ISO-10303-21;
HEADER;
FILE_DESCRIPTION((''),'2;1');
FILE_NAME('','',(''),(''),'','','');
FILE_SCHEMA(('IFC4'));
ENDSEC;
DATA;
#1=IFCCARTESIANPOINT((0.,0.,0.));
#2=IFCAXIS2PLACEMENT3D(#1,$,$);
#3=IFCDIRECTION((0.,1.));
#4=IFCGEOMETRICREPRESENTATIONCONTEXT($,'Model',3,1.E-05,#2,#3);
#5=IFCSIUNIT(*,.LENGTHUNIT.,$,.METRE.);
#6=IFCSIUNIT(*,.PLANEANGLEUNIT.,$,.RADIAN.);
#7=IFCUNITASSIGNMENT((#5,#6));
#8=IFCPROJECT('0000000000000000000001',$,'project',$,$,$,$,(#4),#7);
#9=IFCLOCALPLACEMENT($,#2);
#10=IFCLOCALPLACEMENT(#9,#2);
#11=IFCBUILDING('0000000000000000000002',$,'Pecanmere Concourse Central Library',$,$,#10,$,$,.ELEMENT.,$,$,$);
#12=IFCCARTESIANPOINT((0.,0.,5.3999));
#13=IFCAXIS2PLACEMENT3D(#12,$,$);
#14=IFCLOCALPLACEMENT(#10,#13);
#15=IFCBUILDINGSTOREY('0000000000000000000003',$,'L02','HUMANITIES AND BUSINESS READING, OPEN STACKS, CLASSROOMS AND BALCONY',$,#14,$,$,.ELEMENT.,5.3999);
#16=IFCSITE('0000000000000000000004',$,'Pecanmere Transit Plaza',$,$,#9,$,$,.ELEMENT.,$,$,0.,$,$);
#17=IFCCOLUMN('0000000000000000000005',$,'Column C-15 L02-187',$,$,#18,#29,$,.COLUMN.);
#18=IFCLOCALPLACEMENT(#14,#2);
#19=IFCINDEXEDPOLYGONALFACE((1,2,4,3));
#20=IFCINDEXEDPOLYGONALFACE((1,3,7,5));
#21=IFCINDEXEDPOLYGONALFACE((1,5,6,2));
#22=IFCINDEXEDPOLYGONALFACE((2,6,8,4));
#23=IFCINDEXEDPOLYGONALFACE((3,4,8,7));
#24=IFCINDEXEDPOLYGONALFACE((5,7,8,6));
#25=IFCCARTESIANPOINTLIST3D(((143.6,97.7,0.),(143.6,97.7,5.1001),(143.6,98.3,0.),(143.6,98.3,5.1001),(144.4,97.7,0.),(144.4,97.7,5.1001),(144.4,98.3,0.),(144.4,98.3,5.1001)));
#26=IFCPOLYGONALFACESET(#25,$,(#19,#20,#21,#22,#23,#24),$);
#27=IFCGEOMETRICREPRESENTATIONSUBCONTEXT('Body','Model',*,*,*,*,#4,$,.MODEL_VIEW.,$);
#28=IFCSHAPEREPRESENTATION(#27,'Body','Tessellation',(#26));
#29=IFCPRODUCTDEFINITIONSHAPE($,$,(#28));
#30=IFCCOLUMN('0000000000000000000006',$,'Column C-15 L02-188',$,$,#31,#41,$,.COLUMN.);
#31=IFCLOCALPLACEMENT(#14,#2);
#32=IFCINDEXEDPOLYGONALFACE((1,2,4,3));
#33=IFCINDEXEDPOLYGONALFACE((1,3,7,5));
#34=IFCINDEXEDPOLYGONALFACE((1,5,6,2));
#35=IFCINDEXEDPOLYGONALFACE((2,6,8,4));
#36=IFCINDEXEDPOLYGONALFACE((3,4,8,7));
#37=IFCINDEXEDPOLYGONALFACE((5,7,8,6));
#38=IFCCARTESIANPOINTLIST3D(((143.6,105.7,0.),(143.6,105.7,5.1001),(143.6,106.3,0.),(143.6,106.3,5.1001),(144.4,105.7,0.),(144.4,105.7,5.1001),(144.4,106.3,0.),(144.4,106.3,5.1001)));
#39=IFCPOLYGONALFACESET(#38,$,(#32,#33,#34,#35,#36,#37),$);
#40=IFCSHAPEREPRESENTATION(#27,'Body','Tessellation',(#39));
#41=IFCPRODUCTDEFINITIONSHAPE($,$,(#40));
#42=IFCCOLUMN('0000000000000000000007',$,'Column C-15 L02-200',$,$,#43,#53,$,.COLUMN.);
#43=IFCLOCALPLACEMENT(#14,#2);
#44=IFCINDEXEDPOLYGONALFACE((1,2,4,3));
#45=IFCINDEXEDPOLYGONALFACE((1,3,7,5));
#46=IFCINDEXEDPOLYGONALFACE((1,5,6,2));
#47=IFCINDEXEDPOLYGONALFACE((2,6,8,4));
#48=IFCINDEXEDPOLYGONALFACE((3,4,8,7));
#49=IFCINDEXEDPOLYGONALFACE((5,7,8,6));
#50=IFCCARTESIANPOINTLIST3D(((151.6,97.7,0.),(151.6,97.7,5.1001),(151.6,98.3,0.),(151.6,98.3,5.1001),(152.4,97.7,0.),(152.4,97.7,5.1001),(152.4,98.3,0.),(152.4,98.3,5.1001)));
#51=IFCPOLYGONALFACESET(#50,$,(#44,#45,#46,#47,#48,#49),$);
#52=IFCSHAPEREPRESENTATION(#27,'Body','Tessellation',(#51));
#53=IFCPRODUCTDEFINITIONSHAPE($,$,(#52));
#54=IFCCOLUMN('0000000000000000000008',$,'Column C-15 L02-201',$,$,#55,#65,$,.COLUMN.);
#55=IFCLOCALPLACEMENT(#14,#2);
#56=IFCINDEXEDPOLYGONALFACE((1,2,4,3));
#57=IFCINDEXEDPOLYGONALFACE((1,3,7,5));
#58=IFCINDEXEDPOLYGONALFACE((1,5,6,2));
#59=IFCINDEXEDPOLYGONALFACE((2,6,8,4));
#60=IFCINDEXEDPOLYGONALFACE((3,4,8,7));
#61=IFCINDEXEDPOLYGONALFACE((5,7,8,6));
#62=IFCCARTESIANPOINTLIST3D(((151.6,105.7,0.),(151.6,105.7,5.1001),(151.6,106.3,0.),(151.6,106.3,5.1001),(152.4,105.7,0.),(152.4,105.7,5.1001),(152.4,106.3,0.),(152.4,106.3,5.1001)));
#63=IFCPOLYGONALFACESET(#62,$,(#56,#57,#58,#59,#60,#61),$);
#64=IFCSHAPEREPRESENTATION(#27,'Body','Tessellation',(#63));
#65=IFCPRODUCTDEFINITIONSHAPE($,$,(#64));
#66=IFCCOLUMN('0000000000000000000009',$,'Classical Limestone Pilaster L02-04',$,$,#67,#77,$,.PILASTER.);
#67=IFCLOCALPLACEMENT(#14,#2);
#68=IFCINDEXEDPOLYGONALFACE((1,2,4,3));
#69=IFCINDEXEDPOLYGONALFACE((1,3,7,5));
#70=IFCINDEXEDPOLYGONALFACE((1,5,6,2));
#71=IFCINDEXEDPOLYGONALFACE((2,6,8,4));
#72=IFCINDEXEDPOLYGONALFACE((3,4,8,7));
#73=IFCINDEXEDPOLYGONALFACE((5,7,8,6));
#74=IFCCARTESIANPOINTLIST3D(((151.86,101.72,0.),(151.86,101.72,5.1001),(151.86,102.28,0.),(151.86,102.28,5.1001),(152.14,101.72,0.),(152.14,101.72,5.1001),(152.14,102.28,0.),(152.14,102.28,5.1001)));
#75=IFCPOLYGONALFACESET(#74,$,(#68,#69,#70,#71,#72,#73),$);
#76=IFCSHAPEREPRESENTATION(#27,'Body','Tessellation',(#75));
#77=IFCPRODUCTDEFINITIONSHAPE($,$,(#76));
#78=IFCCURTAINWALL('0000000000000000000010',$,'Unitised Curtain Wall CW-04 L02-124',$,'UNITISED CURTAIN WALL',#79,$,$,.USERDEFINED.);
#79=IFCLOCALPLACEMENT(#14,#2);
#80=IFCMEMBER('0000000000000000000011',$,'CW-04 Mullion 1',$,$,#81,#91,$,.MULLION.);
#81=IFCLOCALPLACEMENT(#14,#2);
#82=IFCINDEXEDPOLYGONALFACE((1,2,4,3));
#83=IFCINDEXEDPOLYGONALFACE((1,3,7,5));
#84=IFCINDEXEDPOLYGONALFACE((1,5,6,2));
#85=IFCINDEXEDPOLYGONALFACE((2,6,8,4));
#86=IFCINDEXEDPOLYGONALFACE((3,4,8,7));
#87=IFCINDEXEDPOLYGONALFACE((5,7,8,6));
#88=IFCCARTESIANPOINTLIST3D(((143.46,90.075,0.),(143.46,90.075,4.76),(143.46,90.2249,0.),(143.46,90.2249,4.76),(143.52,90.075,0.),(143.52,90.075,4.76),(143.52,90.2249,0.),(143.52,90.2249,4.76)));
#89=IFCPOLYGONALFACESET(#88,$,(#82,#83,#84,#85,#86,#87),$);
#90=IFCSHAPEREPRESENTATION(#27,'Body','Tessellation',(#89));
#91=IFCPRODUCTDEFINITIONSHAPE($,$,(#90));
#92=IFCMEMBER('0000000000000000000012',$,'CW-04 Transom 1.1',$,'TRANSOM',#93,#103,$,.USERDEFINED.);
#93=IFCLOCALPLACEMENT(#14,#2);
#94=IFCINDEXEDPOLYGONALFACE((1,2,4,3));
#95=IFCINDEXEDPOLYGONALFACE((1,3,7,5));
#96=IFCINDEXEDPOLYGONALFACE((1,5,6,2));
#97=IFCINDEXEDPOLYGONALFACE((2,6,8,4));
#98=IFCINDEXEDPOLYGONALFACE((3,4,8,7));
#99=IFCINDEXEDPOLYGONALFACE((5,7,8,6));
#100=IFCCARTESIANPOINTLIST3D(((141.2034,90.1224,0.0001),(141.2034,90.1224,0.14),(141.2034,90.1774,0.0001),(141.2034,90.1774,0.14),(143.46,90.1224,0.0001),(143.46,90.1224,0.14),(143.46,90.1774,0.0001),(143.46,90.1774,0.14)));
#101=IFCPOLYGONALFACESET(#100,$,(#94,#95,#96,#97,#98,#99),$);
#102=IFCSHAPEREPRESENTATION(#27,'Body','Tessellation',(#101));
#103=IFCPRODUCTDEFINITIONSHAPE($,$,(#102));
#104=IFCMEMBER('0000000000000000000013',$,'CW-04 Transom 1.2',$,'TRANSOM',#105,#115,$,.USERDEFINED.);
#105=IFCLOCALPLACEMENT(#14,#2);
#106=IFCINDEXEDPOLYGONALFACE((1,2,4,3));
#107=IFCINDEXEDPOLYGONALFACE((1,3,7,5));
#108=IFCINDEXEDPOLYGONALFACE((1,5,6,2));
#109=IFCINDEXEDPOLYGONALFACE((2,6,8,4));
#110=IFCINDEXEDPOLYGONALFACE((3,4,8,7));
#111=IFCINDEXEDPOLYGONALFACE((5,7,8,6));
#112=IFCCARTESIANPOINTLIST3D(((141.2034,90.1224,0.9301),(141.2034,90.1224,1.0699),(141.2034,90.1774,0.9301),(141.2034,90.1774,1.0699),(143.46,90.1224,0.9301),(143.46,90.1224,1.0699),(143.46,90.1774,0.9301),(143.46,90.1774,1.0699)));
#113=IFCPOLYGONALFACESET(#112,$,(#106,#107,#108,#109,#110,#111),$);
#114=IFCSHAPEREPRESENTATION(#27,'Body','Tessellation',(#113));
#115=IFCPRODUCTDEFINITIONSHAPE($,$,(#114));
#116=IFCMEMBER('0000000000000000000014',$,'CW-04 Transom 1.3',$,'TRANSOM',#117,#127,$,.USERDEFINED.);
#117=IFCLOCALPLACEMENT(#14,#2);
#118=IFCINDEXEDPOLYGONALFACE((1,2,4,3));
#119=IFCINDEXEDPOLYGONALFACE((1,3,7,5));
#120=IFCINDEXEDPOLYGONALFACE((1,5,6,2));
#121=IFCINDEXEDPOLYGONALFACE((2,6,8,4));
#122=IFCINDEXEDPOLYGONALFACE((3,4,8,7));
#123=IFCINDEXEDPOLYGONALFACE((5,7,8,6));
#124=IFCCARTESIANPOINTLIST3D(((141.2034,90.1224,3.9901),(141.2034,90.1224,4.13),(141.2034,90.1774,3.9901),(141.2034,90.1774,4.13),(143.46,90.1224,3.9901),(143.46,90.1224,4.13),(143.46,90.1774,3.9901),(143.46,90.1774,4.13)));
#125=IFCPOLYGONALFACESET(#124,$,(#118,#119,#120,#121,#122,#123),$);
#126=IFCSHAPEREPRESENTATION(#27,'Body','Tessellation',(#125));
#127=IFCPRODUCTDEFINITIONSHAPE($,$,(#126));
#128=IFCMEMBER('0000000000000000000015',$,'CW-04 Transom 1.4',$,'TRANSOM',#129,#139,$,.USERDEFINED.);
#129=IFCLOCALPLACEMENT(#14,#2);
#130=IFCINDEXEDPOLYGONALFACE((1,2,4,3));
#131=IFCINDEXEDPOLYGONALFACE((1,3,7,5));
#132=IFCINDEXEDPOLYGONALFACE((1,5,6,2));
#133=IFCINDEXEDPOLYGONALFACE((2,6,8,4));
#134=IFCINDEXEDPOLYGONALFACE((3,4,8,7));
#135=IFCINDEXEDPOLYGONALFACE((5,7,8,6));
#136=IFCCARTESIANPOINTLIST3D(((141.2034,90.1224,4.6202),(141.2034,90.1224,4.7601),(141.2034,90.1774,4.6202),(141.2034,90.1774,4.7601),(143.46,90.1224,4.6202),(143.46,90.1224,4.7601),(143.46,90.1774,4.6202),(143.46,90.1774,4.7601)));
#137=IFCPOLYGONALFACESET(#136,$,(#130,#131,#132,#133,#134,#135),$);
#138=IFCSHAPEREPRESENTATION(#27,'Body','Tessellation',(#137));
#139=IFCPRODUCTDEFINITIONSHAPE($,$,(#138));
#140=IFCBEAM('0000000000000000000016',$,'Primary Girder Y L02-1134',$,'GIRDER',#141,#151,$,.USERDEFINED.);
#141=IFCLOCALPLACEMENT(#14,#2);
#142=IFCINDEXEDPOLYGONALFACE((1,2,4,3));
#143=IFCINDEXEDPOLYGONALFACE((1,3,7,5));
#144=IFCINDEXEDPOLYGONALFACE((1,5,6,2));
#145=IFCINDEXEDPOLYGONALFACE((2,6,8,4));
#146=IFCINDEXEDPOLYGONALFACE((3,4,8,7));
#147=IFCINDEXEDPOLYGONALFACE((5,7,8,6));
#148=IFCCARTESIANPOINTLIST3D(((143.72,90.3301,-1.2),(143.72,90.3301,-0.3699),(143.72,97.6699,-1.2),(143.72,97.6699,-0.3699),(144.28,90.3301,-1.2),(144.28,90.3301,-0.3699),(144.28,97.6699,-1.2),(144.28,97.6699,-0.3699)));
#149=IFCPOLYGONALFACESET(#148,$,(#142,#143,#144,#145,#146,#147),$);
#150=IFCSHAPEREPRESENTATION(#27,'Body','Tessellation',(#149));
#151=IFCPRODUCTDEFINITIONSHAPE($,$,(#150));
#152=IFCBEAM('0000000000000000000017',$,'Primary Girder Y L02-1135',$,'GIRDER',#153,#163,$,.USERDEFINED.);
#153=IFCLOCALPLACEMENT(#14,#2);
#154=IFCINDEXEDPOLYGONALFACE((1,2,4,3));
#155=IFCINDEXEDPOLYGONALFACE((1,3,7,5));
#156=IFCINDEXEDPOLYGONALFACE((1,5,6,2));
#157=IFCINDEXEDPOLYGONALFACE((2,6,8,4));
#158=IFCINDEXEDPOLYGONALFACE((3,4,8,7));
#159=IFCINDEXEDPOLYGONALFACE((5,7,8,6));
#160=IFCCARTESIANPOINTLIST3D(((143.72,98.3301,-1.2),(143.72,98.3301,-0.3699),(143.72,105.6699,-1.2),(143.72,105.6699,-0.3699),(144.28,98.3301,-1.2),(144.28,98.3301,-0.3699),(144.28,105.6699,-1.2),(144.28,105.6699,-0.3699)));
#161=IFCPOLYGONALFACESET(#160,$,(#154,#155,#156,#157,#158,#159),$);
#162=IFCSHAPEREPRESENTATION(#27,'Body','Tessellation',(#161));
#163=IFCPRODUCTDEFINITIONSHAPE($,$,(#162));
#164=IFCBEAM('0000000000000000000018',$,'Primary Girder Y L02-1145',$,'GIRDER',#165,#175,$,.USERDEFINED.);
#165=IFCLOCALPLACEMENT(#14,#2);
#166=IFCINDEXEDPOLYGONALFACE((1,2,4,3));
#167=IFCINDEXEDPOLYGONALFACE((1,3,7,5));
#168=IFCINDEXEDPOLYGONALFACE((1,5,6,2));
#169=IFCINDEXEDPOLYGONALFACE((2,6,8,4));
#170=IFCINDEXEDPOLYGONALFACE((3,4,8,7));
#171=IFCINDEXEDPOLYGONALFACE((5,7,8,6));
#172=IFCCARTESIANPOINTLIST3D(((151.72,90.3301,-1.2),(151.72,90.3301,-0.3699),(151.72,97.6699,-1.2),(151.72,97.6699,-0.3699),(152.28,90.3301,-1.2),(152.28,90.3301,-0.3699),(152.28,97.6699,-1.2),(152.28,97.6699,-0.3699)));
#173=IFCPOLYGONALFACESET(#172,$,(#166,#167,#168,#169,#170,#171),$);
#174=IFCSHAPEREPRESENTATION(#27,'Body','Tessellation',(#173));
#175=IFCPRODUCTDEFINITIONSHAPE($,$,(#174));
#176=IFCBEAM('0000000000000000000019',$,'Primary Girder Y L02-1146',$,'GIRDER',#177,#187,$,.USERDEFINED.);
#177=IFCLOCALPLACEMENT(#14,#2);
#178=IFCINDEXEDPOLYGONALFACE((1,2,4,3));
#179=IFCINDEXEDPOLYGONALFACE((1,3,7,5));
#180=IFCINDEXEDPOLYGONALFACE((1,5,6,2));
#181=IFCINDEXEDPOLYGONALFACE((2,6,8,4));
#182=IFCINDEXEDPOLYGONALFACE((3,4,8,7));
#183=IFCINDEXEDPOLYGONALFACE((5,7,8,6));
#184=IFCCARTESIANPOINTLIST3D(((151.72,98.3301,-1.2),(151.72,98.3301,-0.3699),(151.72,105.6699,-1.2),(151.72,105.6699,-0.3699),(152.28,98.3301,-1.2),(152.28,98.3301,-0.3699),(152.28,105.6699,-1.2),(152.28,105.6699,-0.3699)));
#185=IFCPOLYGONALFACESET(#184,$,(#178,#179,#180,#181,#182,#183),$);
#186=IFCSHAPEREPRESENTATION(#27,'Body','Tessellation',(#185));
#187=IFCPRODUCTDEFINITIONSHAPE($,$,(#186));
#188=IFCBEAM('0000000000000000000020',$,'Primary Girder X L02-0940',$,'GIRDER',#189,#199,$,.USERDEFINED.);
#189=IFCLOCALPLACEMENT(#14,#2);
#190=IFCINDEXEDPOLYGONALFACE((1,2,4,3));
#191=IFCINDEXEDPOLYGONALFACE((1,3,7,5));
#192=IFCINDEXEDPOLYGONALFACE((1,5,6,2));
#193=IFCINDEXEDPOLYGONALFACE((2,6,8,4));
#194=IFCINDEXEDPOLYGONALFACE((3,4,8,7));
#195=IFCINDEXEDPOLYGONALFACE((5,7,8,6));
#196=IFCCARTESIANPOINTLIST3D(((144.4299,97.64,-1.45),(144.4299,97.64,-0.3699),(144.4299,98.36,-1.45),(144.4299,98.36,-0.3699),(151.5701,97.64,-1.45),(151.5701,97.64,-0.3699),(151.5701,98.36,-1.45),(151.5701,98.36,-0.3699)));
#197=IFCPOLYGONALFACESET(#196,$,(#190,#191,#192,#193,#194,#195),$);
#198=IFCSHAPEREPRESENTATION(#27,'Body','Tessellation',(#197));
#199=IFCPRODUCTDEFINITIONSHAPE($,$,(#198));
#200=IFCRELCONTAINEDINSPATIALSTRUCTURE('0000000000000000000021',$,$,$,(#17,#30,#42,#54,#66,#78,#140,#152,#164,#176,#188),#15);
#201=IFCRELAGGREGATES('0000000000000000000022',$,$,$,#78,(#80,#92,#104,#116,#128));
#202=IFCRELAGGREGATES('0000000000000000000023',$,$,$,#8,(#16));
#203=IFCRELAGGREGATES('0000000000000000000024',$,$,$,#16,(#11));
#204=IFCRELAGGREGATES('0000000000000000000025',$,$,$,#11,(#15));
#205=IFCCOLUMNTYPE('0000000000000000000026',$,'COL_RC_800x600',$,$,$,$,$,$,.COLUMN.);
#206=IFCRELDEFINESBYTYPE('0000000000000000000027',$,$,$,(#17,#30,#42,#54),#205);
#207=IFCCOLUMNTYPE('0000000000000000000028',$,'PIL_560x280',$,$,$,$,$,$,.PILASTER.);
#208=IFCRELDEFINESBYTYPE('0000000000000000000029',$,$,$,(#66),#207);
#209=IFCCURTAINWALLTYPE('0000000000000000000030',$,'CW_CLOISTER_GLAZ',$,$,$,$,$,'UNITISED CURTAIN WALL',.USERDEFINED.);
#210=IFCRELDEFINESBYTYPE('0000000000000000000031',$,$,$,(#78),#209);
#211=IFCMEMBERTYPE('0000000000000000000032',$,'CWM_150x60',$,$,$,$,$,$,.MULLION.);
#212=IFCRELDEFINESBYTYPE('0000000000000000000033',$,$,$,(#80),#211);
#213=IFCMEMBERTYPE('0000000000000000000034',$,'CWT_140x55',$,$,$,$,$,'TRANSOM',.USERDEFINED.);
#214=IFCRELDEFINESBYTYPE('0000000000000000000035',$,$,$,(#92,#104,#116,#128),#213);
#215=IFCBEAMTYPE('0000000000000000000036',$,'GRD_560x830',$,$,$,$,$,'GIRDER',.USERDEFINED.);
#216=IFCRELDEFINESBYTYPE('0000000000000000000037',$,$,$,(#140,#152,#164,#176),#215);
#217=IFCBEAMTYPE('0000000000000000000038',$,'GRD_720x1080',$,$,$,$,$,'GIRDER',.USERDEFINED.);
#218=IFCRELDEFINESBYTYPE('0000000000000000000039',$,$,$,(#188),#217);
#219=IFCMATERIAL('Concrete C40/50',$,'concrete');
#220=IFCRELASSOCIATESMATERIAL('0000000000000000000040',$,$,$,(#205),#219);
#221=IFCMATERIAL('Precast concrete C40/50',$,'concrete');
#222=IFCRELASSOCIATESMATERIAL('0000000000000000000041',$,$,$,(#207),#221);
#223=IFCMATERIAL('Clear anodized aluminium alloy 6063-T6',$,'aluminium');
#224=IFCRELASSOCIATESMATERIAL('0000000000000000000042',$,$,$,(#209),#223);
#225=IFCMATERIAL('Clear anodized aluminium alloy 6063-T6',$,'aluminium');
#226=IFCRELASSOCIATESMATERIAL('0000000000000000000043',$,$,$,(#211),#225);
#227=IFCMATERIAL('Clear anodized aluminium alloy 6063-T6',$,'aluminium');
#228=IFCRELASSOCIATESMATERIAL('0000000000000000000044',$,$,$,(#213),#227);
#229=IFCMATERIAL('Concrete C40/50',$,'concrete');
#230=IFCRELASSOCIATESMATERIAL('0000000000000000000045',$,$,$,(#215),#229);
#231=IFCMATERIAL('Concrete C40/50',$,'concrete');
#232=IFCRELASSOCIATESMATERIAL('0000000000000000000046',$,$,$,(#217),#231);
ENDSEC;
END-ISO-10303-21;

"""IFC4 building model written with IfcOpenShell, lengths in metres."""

from ifc_helpers import new_model, si_unit, direction, frame, origin, origin_2d, place, context, subcontext, project, spatial, rectangle, extrude, material, material_profile, profile_set, type_object, element, aggregate, save


model = new_model("IFC4")

# Units and contexts
model_context = context("Model", 3, precision=1e-05, world=origin(), true_north=direction((0.0, 1.0)))
body_context = subcontext(model_context, "Body", "Model", "MODEL_VIEW")
ifc_project = project(units=[si_unit("LENGTHUNIT", "METRE"), si_unit("PLANEANGLEUNIT", "RADIAN")], contexts=[model_context])

# Site, building, storey
site_placement = place(None, origin())
site = spatial("IfcSite", under=ifc_project, at=site_placement, Name="Pecanmere Transit Plaza", CompositionType="ELEMENT", RefElevation=0.0)
building_placement = place(site_placement, origin())
building = spatial("IfcBuilding", under=site, at=building_placement, Name="Pecanmere Concourse Central Library", CompositionType="ELEMENT")
storey_placement = place(building_placement, frame((0.0, 0.0, 5.3999)))
storey = spatial("IfcBuildingStorey", under=building, at=storey_placement, Name="L02", Description="HUMANITIES AND BUSINESS READING, OPEN STACKS, CLASSROOMS AND BALCONY", CompositionType="ELEMENT", Elevation=5.3999)

# Columns
ifc_material_1 = material(Name="Concrete C40/50", Category="concrete")
ifc_material_profile_1 = material_profile(ifc_material_1, rectangle(XDim=0.8, YDim=0.6001, at=origin_2d()), Name="RC 800x600")
ifc_profile_set_1 = profile_set([ifc_material_profile_1], Name="Concrete C40/50")
column_type_1 = type_object("IfcColumnType", Name="COL_RC_800x600", PredefinedType="COLUMN", material=ifc_profile_set_1)
for number, where, z_axis, x_axis, name in (
    (1, (144.0, 98.0, 0.0), (0.0, 0.0, 1.0), (1.0, 0.0, 0.0), "Column C-15 L02-187"),
    (2, (144.0, 106.0, 0.0), (0.0, 0.0, 1.0), (1.0, 0.0, 0.0), "Column C-15 L02-188"),
    (3, (152.0, 98.0, 0.0), (0.0, 0.0, 1.0), (1.0, 0.0, 0.0), "Column C-15 L02-200"),
    (4, (152.0, 106.0, 0.0), (0.0, 0.0, 1.0), (1.0, 0.0, 0.0), "Column C-15 L02-201"),
):
    element("IfcColumn", number, at=place(storey_placement, frame(where, z_axis=z_axis, x_axis=x_axis)), inside=storey, type_object=column_type_1, Name=name, PredefinedType="COLUMN", context=body_context, shape_type="SweptSolid", body=[
        extrude(rectangle(XDim=0.8, YDim=0.6001, at=origin_2d()), origin(), (0.0, 0.0, 1.0), 5.1001),
    ])
ifc_material_2 = material(Name="Precast concrete C40/50", Category="concrete")
ifc_material_profile_2 = material_profile(ifc_material_2, rectangle(XDim=0.5601, YDim=0.28, at=origin_2d()), Name="RC 560x280")
ifc_profile_set_2 = profile_set([ifc_material_profile_2], Name="Precast concrete C40/50")
column_type_2 = type_object("IfcColumnType", Name="PIL_560x280", PredefinedType="PILASTER", material=ifc_profile_set_2)
column_placement = place(storey_placement, frame((152.0, 102.0, 0.0), z_axis=(0.0, 0.0, 1.0), x_axis=(0.0, 1.0, 0.0)))
element("IfcColumn", 5, at=column_placement, inside=storey, type_object=column_type_2, Name="Classical Limestone Pilaster L02-04", PredefinedType="PILASTER", context=body_context, shape_type="SweptSolid", body=[
    extrude(rectangle(XDim=0.5601, YDim=0.28, at=origin_2d()), origin(), (0.0, 0.0, 1.0), 5.1001),
])

# Curtain wall, members
ifc_material_3 = material(Name="Clear anodized aluminium alloy 6063-T6", Category="aluminium")
curtain_wall_type = type_object("IfcCurtainWallType", Name="CW_CLOISTER_GLAZ", ElementType="UNITISED CURTAIN WALL", PredefinedType="USERDEFINED", material=ifc_material_3)
curtain_wall_placement = place(storey_placement, origin())
curtain_wall = element("IfcCurtainWall", 6, at=curtain_wall_placement, inside=storey, type_object=curtain_wall_type, Name="Unitised Curtain Wall CW-04 L02-124", ObjectType="UNITISED CURTAIN WALL", PredefinedType="USERDEFINED")
ifc_material_4 = material(Name="Clear anodized aluminium alloy 6063-T6", Category="aluminium")
ifc_material_profile_3 = material_profile(ifc_material_4, rectangle(XDim=0.0601, YDim=0.1499, at=origin_2d()), Name="AL 60x150")
ifc_profile_set_3 = profile_set([ifc_material_profile_3], Name="Clear anodized aluminium alloy 6063-T6")
member_type_1 = type_object("IfcMemberType", Name="CWM_150x60", PredefinedType="MULLION", material=ifc_profile_set_3)
member_1_placement = place(storey_placement, frame((143.49, 90.1499, 0.0), z_axis=(0.0, 0.0, 1.0), x_axis=(-1.0, 0.0, 0.0)))
member_1 = element("IfcMember", 7, at=member_1_placement, type_object=member_type_1, Name="CW-04 Mullion 1", PredefinedType="MULLION", context=body_context, shape_type="SweptSolid", body=[
    extrude(rectangle(XDim=0.0601, YDim=0.1499, at=origin_2d()), origin(), (0.0, 0.0, 1.0), 4.76),
])
ifc_material_5 = material(Name="Clear anodized aluminium alloy 6063-T6", Category="aluminium")
ifc_material_profile_4 = material_profile(ifc_material_5, rectangle(XDim=0.0549, YDim=0.1399, at=origin_2d()), Name="AL 55x140")
ifc_profile_set_4 = profile_set([ifc_material_profile_4], Name="Clear anodized aluminium alloy 6063-T6")
member_type_2 = type_object("IfcMemberType", Name="CWT_140x55", ElementType="TRANSOM", PredefinedType="USERDEFINED", material=ifc_profile_set_4)
member_2_placement = place(storey_placement, frame((143.46, 90.1499, 0.0701), z_axis=(-1.0, 0.0, 0.0), x_axis=(0.0, -1.0, 0.0)))
member_2 = element("IfcMember", 8, at=member_2_placement, type_object=member_type_2, Name="CW-04 Transom 1.1", ObjectType="TRANSOM", PredefinedType="USERDEFINED", context=body_context, shape_type="SweptSolid", body=[
    extrude(rectangle(XDim=0.0549, YDim=0.1399, at=origin_2d()), origin(), (0.0, 0.0, 1.0), 2.2566),
])
member_3_placement = place(storey_placement, frame((143.46, 90.1499, 1.0), z_axis=(-1.0, 0.0, 0.0), x_axis=(0.0, -1.0, 0.0)))
member_3 = element("IfcMember", 9, at=member_3_placement, type_object=member_type_2, Name="CW-04 Transom 1.2", ObjectType="TRANSOM", PredefinedType="USERDEFINED", context=body_context, shape_type="SweptSolid", body=[
    extrude(rectangle(XDim=0.0549, YDim=0.1399, at=origin_2d()), origin(), (0.0, 0.0, 1.0), 2.2566),
])
member_4_placement = place(storey_placement, frame((143.46, 90.1499, 4.0601), z_axis=(-1.0, 0.0, 0.0), x_axis=(0.0, -1.0, 0.0)))
member_4 = element("IfcMember", 10, at=member_4_placement, type_object=member_type_2, Name="CW-04 Transom 1.3", ObjectType="TRANSOM", PredefinedType="USERDEFINED", context=body_context, shape_type="SweptSolid", body=[
    extrude(rectangle(XDim=0.0549, YDim=0.1399, at=origin_2d()), origin(), (0.0, 0.0, 1.0), 2.2566),
])
member_5_placement = place(storey_placement, frame((143.46, 90.1499, 4.6902), z_axis=(-1.0, 0.0, 0.0), x_axis=(0.0, -1.0, 0.0)))
member_5 = element("IfcMember", 11, at=member_5_placement, type_object=member_type_2, Name="CW-04 Transom 1.4", ObjectType="TRANSOM", PredefinedType="USERDEFINED", context=body_context, shape_type="SweptSolid", body=[
    extrude(rectangle(XDim=0.0549, YDim=0.1399, at=origin_2d()), origin(), (0.0, 0.0, 1.0), 2.2566),
])

# Beams
ifc_material_6 = material(Name="Concrete C40/50", Category="concrete")
ifc_material_profile_5 = material_profile(ifc_material_6, rectangle(XDim=0.5601, YDim=0.8301, at=origin_2d()), Name="RC 560x830")
ifc_profile_set_5 = profile_set([ifc_material_profile_5], Name="Concrete C40/50")
beam_type_1 = type_object("IfcBeamType", Name="GRD_560x830", ElementType="GIRDER", PredefinedType="USERDEFINED", material=ifc_profile_set_5)
for number, where, z_axis, x_axis, name in (
    (12, (144.0, 90.3301, -0.7849), (0.0, 1.0, 0.0), (-1.0, 0.0, 0.0), "Primary Girder Y L02-1134"),
    (13, (144.0, 98.3301, -0.7849), (0.0, 1.0, 0.0), (-1.0, 0.0, 0.0), "Primary Girder Y L02-1135"),
    (14, (152.0, 90.3301, -0.7849), (0.0, 1.0, 0.0), (-1.0, 0.0, 0.0), "Primary Girder Y L02-1145"),
    (15, (152.0, 98.3301, -0.7849), (0.0, 1.0, 0.0), (-1.0, 0.0, 0.0), "Primary Girder Y L02-1146"),
):
    element("IfcBeam", number, at=place(storey_placement, frame(where, z_axis=z_axis, x_axis=x_axis)), inside=storey, type_object=beam_type_1, Name=name, ObjectType="GIRDER", PredefinedType="USERDEFINED", context=body_context, shape_type="SweptSolid", body=[
        extrude(rectangle(XDim=0.5601, YDim=0.8301, at=origin_2d()), origin(), (0.0, 0.0, 1.0), 7.3398),
    ])
ifc_material_7 = material(Name="Concrete C40/50", Category="concrete")
ifc_material_profile_6 = material_profile(ifc_material_7, rectangle(XDim=0.72, YDim=1.0801, at=origin_2d()), Name="RC 720x1080")
ifc_profile_set_6 = profile_set([ifc_material_profile_6], Name="Concrete C40/50")
beam_type_2 = type_object("IfcBeamType", Name="GRD_720x1080", ElementType="GIRDER", PredefinedType="USERDEFINED", material=ifc_profile_set_6)
for number, where, z_axis, x_axis, name in (
    (16, (144.4299, 98.0, -0.9099), (1.0, 0.0, 0.0), (0.0, 1.0, 0.0), "Primary Girder X L02-0940"),
):
    element("IfcBeam", number, at=place(storey_placement, frame(where, z_axis=z_axis, x_axis=x_axis)), inside=storey, type_object=beam_type_2, Name=name, ObjectType="GIRDER", PredefinedType="USERDEFINED", context=body_context, shape_type="SweptSolid", body=[
        extrude(rectangle(XDim=0.72, YDim=1.0801, at=origin_2d()), origin(), (0.0, 0.0, 1.0), 7.1401),
    ])

aggregate(curtain_wall, [member_1, member_2, member_3, member_4, member_5])

save(model, "model.ifc")
